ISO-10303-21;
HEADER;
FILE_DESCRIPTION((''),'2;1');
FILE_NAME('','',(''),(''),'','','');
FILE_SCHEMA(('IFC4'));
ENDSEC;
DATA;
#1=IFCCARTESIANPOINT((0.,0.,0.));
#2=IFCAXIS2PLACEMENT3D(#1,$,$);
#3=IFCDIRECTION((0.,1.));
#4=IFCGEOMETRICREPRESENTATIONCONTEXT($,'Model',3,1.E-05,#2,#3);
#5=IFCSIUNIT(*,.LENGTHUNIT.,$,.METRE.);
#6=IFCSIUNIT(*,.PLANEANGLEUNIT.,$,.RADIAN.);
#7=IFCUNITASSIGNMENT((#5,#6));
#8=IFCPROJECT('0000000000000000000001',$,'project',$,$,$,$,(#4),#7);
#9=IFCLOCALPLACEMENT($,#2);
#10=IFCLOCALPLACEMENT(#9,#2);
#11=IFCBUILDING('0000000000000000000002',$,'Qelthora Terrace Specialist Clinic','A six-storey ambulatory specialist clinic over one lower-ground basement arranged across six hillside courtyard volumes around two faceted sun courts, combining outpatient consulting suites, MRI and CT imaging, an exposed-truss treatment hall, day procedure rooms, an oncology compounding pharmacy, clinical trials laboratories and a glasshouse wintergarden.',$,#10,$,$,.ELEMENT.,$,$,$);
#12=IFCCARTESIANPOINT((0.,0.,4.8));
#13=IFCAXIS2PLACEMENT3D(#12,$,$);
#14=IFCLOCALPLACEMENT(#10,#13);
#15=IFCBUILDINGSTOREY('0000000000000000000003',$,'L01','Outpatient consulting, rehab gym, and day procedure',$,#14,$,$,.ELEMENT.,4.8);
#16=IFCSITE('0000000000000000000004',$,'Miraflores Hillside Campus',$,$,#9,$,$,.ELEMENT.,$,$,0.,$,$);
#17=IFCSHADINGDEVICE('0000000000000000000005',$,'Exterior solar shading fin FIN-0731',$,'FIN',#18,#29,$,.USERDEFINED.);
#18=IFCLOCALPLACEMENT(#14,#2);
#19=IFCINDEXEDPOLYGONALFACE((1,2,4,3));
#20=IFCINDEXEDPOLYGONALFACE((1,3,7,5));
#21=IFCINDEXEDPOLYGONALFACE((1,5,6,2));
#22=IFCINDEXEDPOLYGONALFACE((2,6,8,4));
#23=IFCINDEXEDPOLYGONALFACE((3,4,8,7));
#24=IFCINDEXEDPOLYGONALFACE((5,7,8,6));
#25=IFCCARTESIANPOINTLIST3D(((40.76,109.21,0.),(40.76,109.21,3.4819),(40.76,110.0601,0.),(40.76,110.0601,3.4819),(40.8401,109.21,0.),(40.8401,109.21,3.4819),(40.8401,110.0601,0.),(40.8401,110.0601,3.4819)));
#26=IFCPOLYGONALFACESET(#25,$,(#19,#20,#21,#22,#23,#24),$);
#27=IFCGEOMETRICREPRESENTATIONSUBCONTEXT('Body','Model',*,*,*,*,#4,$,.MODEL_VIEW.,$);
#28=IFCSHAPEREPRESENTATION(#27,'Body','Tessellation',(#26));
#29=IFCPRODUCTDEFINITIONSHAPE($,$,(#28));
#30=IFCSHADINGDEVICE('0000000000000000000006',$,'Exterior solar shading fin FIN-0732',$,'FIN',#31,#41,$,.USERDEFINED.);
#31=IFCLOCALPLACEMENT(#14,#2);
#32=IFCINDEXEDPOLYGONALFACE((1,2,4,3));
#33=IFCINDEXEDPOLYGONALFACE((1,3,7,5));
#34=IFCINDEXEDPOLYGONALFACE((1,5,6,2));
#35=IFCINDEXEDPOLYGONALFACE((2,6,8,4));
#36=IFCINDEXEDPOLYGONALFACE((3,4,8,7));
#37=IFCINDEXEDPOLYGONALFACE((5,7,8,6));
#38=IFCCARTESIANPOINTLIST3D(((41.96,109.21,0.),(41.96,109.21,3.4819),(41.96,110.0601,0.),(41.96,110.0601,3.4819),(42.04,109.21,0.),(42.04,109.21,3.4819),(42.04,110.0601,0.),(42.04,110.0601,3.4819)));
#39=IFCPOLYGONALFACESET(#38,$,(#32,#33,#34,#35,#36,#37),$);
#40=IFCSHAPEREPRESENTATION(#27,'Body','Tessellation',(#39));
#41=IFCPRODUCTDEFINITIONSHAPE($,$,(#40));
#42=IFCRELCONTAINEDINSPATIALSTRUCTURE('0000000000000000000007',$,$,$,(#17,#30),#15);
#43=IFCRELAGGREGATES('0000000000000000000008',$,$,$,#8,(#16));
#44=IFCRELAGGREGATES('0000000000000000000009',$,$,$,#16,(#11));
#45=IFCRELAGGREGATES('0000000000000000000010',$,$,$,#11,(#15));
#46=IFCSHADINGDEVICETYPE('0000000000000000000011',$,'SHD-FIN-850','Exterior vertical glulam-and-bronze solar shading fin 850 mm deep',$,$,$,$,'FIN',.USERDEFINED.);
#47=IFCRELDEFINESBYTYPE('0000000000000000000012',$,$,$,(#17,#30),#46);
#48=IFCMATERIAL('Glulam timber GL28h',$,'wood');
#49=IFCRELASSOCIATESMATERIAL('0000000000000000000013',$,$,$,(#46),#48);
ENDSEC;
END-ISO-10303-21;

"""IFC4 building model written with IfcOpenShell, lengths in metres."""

from ifc_helpers import new_model, si_unit, direction, frame, origin, origin_2d, place, context, subcontext, project, spatial, rectangle, extrude, material, type_object, element, save


model = new_model("IFC4")

# Units and contexts
model_context = context("Model", 3, precision=1e-05, world=origin(), true_north=direction((0.0, 1.0)))
body_context = subcontext(model_context, "Body", "Model", "MODEL_VIEW")
ifc_project = project(units=[si_unit("LENGTHUNIT", "METRE"), si_unit("PLANEANGLEUNIT", "RADIAN")], contexts=[model_context])

# Site, building, storey
site_placement = place(None, origin())
site = spatial("IfcSite", under=ifc_project, at=site_placement, Name="Miraflores Hillside Campus", CompositionType="ELEMENT", RefElevation=0.0)
building_placement = place(site_placement, origin())
building = spatial("IfcBuilding", under=site, at=building_placement, Name="Qelthora Terrace Specialist Clinic", Description="A six-storey ambulatory specialist clinic over one lower-ground basement arranged across six hillside courtyard volumes around two faceted sun courts, combining outpatient consulting suites, MRI and CT imaging, an exposed-truss treatment hall, day procedure rooms, an oncology compounding pharmacy, clinical trials laboratories and a glasshouse wintergarden.", CompositionType="ELEMENT")
storey_placement = place(building_placement, frame((0.0, 0.0, 4.8)))
storey = spatial("IfcBuildingStorey", under=building, at=storey_placement, Name="L01", Description="Outpatient consulting, rehab gym, and day procedure", CompositionType="ELEMENT", Elevation=4.8)

# Shading devices
ifc_material_1 = material(Name="Glulam timber GL28h", Category="wood")
shading_device_type = type_object("IfcShadingDeviceType", Name="SHD-FIN-850", Description="Exterior vertical glulam-and-bronze solar shading fin 850 mm deep", ElementType="FIN", PredefinedType="USERDEFINED", material=ifc_material_1)
for number, where, z_axis, x_axis, name in (
    (1, (40.8, 109.635, 0.0), (0.0, 0.0, 1.0), (0.0, 1.0, 0.0), "Exterior solar shading fin FIN-0731"),
    (2, (42.0, 109.635, 0.0), (0.0, 0.0, 1.0), (0.0, 1.0, 0.0), "Exterior solar shading fin FIN-0732"),
):
    element("IfcShadingDevice", number, at=place(storey_placement, frame(where, z_axis=z_axis, x_axis=x_axis)), inside=storey, type_object=shading_device_type, Name=name, ObjectType="FIN", PredefinedType="USERDEFINED", context=body_context, shape_type="SweptSolid", body=[
        extrude(rectangle(XDim=0.8501, YDim=0.0801, at=origin_2d()), origin(), (0.0, 0.0, 1.0), 3.4819),
    ])

save(model, "model.ifc")
